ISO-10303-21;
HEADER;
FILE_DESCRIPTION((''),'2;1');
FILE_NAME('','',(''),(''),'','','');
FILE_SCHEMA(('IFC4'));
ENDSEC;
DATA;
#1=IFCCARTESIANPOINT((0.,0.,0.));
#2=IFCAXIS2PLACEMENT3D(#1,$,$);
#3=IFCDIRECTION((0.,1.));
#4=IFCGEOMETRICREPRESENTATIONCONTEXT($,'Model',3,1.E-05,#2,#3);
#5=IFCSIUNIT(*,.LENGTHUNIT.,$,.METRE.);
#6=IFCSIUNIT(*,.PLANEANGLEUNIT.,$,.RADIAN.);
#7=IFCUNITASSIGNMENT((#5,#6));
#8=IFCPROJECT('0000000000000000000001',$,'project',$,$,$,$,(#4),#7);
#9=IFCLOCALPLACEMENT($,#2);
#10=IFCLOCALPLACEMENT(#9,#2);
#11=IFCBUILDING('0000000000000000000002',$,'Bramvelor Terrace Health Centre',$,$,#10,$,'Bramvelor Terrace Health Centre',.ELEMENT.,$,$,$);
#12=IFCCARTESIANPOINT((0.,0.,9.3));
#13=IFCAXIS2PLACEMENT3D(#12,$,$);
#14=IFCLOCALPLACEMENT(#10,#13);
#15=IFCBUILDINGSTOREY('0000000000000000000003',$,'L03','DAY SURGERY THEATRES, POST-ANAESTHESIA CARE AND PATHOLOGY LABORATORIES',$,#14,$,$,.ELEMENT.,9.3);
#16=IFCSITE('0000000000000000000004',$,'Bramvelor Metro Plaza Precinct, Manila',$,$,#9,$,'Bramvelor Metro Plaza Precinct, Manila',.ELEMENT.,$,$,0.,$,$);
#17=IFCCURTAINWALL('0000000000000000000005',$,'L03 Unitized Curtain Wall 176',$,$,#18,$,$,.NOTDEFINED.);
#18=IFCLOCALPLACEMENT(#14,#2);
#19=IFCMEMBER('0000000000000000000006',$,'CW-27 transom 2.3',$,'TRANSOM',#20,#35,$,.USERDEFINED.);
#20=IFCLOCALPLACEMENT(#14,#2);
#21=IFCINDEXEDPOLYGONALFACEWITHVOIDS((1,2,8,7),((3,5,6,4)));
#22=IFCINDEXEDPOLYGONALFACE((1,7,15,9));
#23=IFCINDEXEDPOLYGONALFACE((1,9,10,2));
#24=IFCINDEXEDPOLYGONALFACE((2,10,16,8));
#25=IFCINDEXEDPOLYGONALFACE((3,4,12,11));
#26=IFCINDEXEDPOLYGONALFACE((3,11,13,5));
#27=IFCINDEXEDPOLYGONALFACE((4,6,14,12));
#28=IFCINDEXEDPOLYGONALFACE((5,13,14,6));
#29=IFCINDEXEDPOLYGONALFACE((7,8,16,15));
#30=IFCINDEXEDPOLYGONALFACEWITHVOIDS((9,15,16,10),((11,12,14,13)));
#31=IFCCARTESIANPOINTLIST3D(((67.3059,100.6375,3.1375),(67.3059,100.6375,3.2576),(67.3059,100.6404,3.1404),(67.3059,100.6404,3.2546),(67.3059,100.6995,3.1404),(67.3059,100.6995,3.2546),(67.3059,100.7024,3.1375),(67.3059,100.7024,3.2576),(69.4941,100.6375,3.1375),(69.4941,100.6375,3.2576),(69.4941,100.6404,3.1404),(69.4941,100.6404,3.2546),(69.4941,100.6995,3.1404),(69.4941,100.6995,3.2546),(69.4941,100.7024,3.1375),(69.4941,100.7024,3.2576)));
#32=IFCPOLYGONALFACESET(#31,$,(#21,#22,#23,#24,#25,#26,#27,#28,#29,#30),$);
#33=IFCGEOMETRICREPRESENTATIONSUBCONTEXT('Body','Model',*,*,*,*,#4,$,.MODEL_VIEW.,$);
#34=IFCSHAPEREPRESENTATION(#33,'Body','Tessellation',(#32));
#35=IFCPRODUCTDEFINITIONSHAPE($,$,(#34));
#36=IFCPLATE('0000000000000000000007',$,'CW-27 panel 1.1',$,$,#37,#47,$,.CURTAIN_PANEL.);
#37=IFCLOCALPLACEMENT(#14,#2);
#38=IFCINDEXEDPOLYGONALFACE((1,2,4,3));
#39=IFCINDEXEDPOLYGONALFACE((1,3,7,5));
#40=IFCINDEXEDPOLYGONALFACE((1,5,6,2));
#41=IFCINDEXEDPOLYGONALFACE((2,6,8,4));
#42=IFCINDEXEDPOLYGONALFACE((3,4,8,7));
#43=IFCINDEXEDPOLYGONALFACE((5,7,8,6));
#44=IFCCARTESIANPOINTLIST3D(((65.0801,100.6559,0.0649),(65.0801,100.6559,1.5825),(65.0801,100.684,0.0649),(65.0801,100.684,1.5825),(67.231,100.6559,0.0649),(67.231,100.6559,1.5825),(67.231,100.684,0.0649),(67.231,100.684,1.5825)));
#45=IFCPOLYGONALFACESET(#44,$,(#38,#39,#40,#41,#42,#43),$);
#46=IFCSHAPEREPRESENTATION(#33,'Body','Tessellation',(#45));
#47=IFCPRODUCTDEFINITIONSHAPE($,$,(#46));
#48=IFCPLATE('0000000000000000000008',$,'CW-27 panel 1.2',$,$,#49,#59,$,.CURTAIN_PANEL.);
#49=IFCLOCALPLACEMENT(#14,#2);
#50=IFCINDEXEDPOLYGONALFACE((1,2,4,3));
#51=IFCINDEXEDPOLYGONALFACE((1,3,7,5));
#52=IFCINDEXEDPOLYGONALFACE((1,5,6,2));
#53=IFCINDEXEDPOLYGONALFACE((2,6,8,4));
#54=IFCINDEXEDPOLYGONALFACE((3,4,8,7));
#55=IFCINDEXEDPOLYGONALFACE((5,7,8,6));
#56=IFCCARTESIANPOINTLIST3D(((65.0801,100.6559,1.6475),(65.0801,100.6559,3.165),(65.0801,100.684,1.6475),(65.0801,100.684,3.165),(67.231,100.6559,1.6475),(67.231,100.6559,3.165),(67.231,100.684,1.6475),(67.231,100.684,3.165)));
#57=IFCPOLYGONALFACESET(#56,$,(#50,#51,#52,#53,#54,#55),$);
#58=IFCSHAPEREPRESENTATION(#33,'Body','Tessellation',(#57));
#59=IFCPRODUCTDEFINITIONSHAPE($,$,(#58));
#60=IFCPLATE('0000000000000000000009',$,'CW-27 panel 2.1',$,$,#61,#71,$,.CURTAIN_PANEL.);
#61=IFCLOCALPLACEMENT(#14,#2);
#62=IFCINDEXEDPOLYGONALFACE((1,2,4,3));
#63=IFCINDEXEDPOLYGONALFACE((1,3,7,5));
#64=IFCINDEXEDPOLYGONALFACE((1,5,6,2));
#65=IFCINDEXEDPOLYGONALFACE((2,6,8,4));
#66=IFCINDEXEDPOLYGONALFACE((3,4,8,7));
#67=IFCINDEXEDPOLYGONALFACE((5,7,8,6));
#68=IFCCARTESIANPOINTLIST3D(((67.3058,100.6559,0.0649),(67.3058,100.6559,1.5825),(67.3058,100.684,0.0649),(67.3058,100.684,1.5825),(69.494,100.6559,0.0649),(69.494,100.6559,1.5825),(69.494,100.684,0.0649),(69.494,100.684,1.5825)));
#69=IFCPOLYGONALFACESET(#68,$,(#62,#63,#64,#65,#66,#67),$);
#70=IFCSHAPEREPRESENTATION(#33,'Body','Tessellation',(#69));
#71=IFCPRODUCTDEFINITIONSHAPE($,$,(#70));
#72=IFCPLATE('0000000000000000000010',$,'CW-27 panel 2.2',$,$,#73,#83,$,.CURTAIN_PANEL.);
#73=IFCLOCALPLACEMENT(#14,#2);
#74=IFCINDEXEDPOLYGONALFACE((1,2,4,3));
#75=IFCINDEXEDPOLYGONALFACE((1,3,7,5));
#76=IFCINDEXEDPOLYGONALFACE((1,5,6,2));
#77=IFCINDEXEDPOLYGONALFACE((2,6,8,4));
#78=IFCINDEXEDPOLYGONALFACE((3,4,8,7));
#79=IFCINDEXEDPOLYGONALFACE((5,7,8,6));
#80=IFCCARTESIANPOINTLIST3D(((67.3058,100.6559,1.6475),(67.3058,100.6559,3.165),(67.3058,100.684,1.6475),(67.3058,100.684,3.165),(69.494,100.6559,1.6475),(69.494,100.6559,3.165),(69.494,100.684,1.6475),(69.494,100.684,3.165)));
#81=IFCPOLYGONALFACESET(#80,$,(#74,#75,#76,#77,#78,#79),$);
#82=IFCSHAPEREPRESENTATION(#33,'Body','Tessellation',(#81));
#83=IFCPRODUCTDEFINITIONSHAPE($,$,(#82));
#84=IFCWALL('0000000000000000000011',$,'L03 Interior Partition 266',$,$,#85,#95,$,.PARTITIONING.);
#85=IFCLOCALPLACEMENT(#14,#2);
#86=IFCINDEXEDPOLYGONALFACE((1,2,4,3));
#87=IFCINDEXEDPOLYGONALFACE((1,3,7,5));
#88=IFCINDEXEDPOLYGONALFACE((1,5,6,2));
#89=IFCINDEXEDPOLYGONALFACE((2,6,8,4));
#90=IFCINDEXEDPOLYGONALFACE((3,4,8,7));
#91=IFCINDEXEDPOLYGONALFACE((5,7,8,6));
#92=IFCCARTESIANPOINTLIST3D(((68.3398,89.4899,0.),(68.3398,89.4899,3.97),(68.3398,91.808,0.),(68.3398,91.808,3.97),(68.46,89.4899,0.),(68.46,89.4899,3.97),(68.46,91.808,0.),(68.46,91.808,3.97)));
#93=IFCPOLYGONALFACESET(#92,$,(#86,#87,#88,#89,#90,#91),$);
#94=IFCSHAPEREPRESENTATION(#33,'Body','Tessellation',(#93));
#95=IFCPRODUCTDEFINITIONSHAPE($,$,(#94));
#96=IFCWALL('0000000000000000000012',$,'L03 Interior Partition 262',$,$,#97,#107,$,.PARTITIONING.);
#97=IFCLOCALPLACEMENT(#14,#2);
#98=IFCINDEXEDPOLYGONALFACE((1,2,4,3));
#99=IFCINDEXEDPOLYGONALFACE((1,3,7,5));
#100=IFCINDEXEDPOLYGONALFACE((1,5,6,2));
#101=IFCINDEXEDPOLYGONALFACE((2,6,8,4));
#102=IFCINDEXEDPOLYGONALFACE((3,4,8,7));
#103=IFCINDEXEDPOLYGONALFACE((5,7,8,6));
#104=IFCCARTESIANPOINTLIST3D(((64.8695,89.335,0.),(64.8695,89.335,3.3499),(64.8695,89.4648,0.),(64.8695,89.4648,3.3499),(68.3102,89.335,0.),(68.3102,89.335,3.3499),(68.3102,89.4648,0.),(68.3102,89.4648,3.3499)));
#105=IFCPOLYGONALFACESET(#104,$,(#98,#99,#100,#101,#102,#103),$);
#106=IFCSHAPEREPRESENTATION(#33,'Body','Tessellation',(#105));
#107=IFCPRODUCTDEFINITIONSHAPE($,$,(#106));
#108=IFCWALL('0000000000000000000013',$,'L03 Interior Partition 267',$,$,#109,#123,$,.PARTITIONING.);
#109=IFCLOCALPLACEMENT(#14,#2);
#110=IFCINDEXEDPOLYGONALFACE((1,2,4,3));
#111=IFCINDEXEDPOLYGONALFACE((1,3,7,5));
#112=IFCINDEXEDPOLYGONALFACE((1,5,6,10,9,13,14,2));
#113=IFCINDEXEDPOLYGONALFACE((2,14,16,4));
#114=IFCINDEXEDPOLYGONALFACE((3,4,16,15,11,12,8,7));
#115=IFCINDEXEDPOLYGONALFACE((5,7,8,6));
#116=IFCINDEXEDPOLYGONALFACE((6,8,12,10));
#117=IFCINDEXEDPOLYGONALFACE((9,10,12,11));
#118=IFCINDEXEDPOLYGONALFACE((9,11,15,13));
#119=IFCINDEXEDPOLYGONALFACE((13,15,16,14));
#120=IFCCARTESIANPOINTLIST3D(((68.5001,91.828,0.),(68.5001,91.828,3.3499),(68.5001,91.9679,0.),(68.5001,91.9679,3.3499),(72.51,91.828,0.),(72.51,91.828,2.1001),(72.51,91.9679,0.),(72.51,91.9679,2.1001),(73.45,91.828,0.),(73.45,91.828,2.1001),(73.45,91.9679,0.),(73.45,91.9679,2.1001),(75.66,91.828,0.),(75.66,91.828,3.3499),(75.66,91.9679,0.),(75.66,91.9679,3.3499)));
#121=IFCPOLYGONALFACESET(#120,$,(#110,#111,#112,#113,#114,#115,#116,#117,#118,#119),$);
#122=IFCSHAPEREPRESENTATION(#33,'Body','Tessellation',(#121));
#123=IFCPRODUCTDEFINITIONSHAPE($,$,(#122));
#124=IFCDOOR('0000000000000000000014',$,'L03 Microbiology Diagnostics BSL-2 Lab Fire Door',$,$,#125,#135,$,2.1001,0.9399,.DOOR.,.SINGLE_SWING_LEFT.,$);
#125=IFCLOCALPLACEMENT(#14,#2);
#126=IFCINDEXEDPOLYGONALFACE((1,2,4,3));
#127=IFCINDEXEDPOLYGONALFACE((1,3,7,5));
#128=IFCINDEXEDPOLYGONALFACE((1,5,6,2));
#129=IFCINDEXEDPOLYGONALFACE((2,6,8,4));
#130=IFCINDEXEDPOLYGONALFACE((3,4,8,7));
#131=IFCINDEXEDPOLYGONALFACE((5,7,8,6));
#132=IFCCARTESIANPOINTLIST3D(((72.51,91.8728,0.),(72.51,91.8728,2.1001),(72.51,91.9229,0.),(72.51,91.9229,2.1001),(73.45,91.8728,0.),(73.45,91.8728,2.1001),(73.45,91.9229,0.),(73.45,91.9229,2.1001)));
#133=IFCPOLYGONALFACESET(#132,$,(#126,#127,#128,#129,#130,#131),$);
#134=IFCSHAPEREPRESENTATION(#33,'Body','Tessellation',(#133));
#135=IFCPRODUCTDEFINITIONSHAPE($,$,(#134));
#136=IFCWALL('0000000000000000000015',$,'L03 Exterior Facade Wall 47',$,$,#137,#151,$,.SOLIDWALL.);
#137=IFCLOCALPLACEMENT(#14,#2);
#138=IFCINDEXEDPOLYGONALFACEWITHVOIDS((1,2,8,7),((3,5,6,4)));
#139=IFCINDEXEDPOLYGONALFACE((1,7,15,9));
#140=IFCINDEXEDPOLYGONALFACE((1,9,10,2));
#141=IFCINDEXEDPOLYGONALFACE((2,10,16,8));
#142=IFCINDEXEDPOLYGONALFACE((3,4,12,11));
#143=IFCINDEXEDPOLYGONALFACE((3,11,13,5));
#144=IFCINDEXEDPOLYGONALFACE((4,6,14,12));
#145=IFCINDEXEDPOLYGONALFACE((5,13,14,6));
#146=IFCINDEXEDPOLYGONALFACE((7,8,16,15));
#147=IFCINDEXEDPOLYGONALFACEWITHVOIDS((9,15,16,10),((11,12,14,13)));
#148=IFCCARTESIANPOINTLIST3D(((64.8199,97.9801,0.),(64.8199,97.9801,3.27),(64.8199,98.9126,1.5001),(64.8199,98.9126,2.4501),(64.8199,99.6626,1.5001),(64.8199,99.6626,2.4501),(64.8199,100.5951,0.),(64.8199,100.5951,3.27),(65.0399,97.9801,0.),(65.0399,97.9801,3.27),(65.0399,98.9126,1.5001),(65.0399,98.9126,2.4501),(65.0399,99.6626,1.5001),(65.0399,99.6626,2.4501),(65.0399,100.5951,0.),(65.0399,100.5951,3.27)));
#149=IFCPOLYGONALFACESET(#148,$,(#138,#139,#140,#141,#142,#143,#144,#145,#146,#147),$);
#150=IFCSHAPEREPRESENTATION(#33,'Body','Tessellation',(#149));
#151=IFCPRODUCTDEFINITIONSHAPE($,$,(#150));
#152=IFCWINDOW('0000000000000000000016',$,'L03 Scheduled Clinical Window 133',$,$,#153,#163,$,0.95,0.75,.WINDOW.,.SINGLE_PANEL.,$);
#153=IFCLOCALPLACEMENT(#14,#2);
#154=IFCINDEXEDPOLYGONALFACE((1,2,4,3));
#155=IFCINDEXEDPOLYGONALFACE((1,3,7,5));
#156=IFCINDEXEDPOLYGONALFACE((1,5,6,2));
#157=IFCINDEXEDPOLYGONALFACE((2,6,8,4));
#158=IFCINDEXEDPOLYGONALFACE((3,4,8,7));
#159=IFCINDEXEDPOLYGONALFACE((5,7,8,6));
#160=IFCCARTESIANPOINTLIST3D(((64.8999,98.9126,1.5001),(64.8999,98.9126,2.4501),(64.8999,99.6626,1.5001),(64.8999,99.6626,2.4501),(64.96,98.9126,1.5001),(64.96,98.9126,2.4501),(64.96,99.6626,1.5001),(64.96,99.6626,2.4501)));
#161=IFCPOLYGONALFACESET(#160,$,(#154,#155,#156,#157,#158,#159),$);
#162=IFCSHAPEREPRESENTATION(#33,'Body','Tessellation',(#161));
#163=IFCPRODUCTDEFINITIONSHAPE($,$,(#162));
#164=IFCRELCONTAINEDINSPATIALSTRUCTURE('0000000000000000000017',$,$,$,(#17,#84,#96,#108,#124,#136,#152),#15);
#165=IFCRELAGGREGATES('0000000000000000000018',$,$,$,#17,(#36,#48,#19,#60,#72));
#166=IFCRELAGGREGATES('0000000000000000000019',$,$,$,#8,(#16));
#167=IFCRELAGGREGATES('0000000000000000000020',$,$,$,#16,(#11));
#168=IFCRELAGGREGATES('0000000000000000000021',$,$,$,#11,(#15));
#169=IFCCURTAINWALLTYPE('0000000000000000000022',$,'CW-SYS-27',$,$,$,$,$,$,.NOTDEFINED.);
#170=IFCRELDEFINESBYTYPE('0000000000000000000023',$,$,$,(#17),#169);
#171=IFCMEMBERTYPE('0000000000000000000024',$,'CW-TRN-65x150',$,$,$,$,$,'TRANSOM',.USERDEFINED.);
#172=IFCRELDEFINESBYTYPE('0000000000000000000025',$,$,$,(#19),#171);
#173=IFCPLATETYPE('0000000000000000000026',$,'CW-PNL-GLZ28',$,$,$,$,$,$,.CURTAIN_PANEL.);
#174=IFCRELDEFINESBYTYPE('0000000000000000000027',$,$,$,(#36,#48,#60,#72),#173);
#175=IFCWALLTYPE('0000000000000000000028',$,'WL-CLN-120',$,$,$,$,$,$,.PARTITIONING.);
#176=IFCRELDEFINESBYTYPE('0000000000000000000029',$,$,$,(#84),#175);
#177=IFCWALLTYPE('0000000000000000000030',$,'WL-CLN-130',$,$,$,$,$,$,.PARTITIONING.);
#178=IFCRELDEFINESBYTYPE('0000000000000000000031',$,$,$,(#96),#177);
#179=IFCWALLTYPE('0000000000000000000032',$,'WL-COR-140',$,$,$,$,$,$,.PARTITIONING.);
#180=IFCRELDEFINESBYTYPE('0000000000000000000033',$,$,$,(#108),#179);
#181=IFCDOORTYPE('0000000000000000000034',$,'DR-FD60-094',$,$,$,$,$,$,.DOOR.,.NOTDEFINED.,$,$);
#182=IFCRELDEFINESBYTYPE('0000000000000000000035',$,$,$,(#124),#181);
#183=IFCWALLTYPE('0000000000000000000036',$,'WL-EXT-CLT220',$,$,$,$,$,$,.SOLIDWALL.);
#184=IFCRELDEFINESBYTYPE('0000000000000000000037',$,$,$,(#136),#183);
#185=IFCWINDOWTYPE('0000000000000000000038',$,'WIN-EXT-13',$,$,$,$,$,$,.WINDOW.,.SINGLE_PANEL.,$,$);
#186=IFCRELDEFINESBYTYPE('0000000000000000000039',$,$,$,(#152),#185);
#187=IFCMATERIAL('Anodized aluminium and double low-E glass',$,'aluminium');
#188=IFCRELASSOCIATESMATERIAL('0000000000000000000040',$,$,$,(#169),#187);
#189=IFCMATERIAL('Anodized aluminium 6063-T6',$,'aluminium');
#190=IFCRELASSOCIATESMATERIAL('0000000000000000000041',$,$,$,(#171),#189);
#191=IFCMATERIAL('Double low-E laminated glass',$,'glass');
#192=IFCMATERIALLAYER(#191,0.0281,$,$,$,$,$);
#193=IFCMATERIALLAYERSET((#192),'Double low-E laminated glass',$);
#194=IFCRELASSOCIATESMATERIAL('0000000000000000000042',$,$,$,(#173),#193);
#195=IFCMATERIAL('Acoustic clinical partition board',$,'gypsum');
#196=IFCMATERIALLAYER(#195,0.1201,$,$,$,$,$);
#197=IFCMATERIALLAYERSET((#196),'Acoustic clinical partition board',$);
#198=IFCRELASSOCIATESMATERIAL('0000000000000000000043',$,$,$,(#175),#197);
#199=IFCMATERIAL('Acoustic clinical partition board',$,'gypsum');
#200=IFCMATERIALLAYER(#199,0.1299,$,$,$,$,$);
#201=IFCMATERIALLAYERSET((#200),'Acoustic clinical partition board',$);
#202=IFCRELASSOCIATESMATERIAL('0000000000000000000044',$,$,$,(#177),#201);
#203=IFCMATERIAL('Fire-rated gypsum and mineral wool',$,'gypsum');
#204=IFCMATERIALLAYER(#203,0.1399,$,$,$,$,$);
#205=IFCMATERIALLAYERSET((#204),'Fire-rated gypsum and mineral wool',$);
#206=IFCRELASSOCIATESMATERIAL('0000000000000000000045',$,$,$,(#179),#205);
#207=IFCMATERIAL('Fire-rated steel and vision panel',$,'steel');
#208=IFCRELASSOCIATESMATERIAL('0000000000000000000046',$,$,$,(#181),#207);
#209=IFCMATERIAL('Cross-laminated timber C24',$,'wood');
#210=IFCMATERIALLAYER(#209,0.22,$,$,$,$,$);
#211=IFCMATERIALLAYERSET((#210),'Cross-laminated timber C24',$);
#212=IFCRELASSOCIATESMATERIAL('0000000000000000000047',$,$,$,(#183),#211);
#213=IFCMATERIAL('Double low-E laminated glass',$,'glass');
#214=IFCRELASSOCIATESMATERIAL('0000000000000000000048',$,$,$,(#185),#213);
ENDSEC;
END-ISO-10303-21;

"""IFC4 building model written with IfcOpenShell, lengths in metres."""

from ifc_helpers import new_model, si_unit, direction, frame, frame_2d, origin, origin_2d, place, context, subcontext, project, spatial, rectangle, hollow_rectangle, extrude, material, layer, layer_set, material_profile, profile_set, type_object, element, fill, aggregate, save


model = new_model("IFC4")

# Units and contexts
model_context = context("Model", 3, precision=1e-05, world=origin(), true_north=direction((0.0, 1.0)))
body_context = subcontext(model_context, "Body", "Model", "MODEL_VIEW")
ifc_project = project(units=[si_unit("LENGTHUNIT", "METRE"), si_unit("PLANEANGLEUNIT", "RADIAN")], contexts=[model_context])

# Site, building, storey
site_placement = place(None, origin())
site = spatial("IfcSite", under=ifc_project, at=site_placement, Name="Bramvelor Metro Plaza Precinct, Manila", LongName="Bramvelor Metro Plaza Precinct, Manila", CompositionType="ELEMENT", RefElevation=0.0)
building_placement = place(site_placement, origin())
building = spatial("IfcBuilding", under=site, at=building_placement, Name="Bramvelor Terrace Health Centre", LongName="Bramvelor Terrace Health Centre", CompositionType="ELEMENT")
storey_placement = place(building_placement, frame((0.0, 0.0, 9.3)))
storey = spatial("IfcBuildingStorey", under=building, at=storey_placement, Name="L03", Description="DAY SURGERY THEATRES, POST-ANAESTHESIA CARE AND PATHOLOGY LABORATORIES", CompositionType="ELEMENT", Elevation=9.3)

# Curtain wall, member, plates
ifc_material_1 = material(Name="Anodized aluminium and double low-E glass", Category="aluminium")
curtain_wall_type_1 = type_object("IfcCurtainWallType", Name="CW-SYS-27", PredefinedType="NOTDEFINED", material=ifc_material_1)
curtain_wall_1_placement = place(storey_placement, origin())
curtain_wall_1 = element("IfcCurtainWall", 1, at=curtain_wall_1_placement, inside=storey, type_object=curtain_wall_type_1, Name="L03 Unitized Curtain Wall 176", PredefinedType="NOTDEFINED")
ifc_material_2 = material(Name="Anodized aluminium 6063-T6", Category="aluminium")
ifc_material_profile_1 = material_profile(ifc_material_2, hollow_rectangle(XDim=0.0649, YDim=0.1201, WallThickness=0.0029, at=origin_2d()), Name="ALU-TRN 65x120x3.0")
ifc_profile_set_1 = profile_set([ifc_material_profile_1], Name="Anodized aluminium 6063-T6")
member_type_1 = type_object("IfcMemberType", Name="CW-TRN-65x150", ElementType="TRANSOM", PredefinedType="USERDEFINED", material=ifc_profile_set_1)
member_1_placement = place(storey_placement, frame((67.3059, 100.6699, 3.1975), z_axis=(1.0, 0.0, 0.0), x_axis=(0.0, 1.0, 0.0)))
member_1 = element("IfcMember", 2, at=member_1_placement, type_object=member_type_1, Name="CW-27 transom 2.3", ObjectType="TRANSOM", PredefinedType="USERDEFINED", context=body_context, shape_type="SweptSolid", body=[
    extrude(hollow_rectangle(XDim=0.0649, YDim=0.1201, WallThickness=0.0029, at=origin_2d()), origin(), (0.0, 0.0, 1.0), 2.1882),
])
ifc_material_3 = material(Name="Double low-E laminated glass", Category="glass")
ifc_layer_1 = layer(ifc_material_3, 0.0281)
ifc_layer_set_1 = layer_set([ifc_layer_1], Name="Double low-E laminated glass")
plate_type = type_object("IfcPlateType", Name="CW-PNL-GLZ28", PredefinedType="CURTAIN_PANEL", material=ifc_layer_set_1)
plate_1_placement = place(storey_placement, frame((66.1555, 100.6699, 0.0649), z_axis=(0.0, 0.0, 1.0), x_axis=(1.0, 0.0, 0.0)))
plate_1 = element("IfcPlate", 3, at=plate_1_placement, type_object=plate_type, Name="CW-27 panel 1.1", PredefinedType="CURTAIN_PANEL", context=body_context, shape_type="SweptSolid", body=[
    extrude(rectangle(XDim=2.1509, YDim=0.0281, at=origin_2d()), origin(), (0.0, 0.0, 1.0), 1.5176),
])
plate_2_placement = place(storey_placement, frame((66.1555, 100.6699, 1.6475), z_axis=(0.0, 0.0, 1.0), x_axis=(1.0, 0.0, 0.0)))
plate_2 = element("IfcPlate", 4, at=plate_2_placement, type_object=plate_type, Name="CW-27 panel 1.2", PredefinedType="CURTAIN_PANEL", context=body_context, shape_type="SweptSolid", body=[
    extrude(rectangle(XDim=2.1509, YDim=0.0281, at=origin_2d()), origin(), (0.0, 0.0, 1.0), 1.5176),
])
plate_3_placement = place(storey_placement, frame((68.3999, 100.6699, 0.0649), z_axis=(0.0, 0.0, 1.0), x_axis=(1.0, 0.0, 0.0)))
plate_3 = element("IfcPlate", 5, at=plate_3_placement, type_object=plate_type, Name="CW-27 panel 2.1", PredefinedType="CURTAIN_PANEL", context=body_context, shape_type="SweptSolid", body=[
    extrude(rectangle(XDim=2.1882, YDim=0.0281, at=origin_2d()), origin(), (0.0, 0.0, 1.0), 1.5176),
])
plate_4_placement = place(storey_placement, frame((68.3999, 100.6699, 1.6475), z_axis=(0.0, 0.0, 1.0), x_axis=(1.0, 0.0, 0.0)))
plate_4 = element("IfcPlate", 6, at=plate_4_placement, type_object=plate_type, Name="CW-27 panel 2.2", PredefinedType="CURTAIN_PANEL", context=body_context, shape_type="SweptSolid", body=[
    extrude(rectangle(XDim=2.1882, YDim=0.0281, at=origin_2d()), origin(), (0.0, 0.0, 1.0), 1.5176),
])
aggregate(curtain_wall_1, [plate_1, plate_2, member_1, plate_3, plate_4])

# Walls
ifc_material_4 = material(Name="Acoustic clinical partition board", Category="gypsum")
ifc_layer_2 = layer(ifc_material_4, 0.1201)
ifc_layer_set_2 = layer_set([ifc_layer_2], Name="Acoustic clinical partition board")
wall_type_1 = type_object("IfcWallType", Name="WL-CLN-120", PredefinedType="PARTITIONING", material=ifc_layer_set_2)
wall_1_placement = place(storey_placement, frame((68.3999, 91.8081, 0.0), z_axis=(0.0, 0.0, 1.0), x_axis=(0.0, -1.0, 0.0)))
element("IfcWall", 7, at=wall_1_placement, inside=storey, type_object=wall_type_1, Name="L03 Interior Partition 266", PredefinedType="PARTITIONING", context=body_context, shape_type="SweptSolid", body=[
    extrude(rectangle(XDim=2.3181, YDim=0.1201, at=frame_2d((1.1592, 0.0))), origin(), (0.0, 0.0, 1.0), 3.97),
])
ifc_material_5 = material(Name="Acoustic clinical partition board", Category="gypsum")
ifc_layer_3 = layer(ifc_material_5, 0.1299)
ifc_layer_set_3 = layer_set([ifc_layer_3], Name="Acoustic clinical partition board")
wall_type_2 = type_object("IfcWallType", Name="WL-CLN-130", PredefinedType="PARTITIONING", material=ifc_layer_set_3)
wall_2_placement = place(storey_placement, frame((68.3101, 89.3999, 0.0), z_axis=(0.0, 0.0, 1.0), x_axis=(-1.0, 0.0, 0.0)))
element("IfcWall", 8, at=wall_2_placement, inside=storey, type_object=wall_type_2, Name="L03 Interior Partition 262", PredefinedType="PARTITIONING", context=body_context, shape_type="SweptSolid", body=[
    extrude(rectangle(XDim=3.4407, YDim=0.1299, at=frame_2d((1.7202, 0.0))), origin(), (0.0, 0.0, 1.0), 3.3499),
])

# Wall, opening, door
ifc_material_6 = material(Name="Fire-rated gypsum and mineral wool", Category="gypsum")
ifc_layer_4 = layer(ifc_material_6, 0.1399)
ifc_layer_set_4 = layer_set([ifc_layer_4], Name="Fire-rated gypsum and mineral wool")
wall_type_3 = type_object("IfcWallType", Name="WL-COR-140", PredefinedType="PARTITIONING", material=ifc_layer_set_4)
wall_3_placement = place(storey_placement, frame((68.5, 91.8979, 0.0), z_axis=(0.0, 0.0, 1.0), x_axis=(1.0, 0.0, 0.0)))
wall_3 = element("IfcWall", 9, at=wall_3_placement, inside=storey, type_object=wall_type_3, Name="L03 Interior Partition 267", PredefinedType="PARTITIONING", context=body_context, shape_type="SweptSolid", body=[
    extrude(rectangle(XDim=7.1599, YDim=0.1399, at=frame_2d((3.5801, 0.0))), origin(), (0.0, 0.0, 1.0), 3.3499),
])
opening_1_placement = place(wall_3_placement, frame((4.01, 0.0, 0.0)))
opening_1 = element("IfcOpeningElement", 10, at=opening_1_placement, cuts=wall_3, PredefinedType="OPENING", context=body_context, shape_type="SweptSolid", body=[
    extrude(rectangle(XDim=0.9399, YDim=2.1001, at=frame_2d((0.47, 1.05))), frame((0.0, 0.0798, 0.0), z_axis=(0.0, -1.0, 0.0), x_axis=(1.0, 0.0, 0.0)), (0.0, 0.0, 1.0), 0.1599),
])
ifc_material_7 = material(Name="Fire-rated steel and vision panel", Category="steel")
door_type = type_object("IfcDoorType", Name="DR-FD60-094", OperationType="NOTDEFINED", PredefinedType="DOOR", material=ifc_material_7)
door_placement = place(opening_1_placement, origin())
door = element("IfcDoor", 11, at=door_placement, inside=storey, type_object=door_type, Name="L03 Microbiology Diagnostics BSL-2 Lab Fire Door", OperationType="SINGLE_SWING_LEFT", OverallHeight=2.1001, OverallWidth=0.9399, PredefinedType="DOOR", context=body_context, shape_type="SweptSolid", body=[
    extrude(rectangle(XDim=0.9399, YDim=2.1001, at=frame_2d((0.47, 1.05))), frame((0.0, 0.0249, 0.0), z_axis=(0.0, -1.0, 0.0), x_axis=(1.0, 0.0, 0.0)), (0.0, 0.0, 1.0), 0.05),
])
fill(opening_1, door)

# Wall, opening, window
ifc_material_8 = material(Name="Cross-laminated timber C24", Category="wood")
ifc_layer_5 = layer(ifc_material_8, 0.22)
ifc_layer_set_5 = layer_set([ifc_layer_5], Name="Cross-laminated timber C24")
wall_type_4 = type_object("IfcWallType", Name="WL-EXT-CLT220", PredefinedType="SOLIDWALL", material=ifc_layer_set_5)
wall_4_placement = place(storey_placement, frame((64.9299, 97.98, 0.0), z_axis=(0.0, 0.0, 1.0), x_axis=(0.0, 1.0, 0.0)))
wall_4 = element("IfcWall", 12, at=wall_4_placement, inside=storey, type_object=wall_type_4, Name="L03 Exterior Facade Wall 47", PredefinedType="SOLIDWALL", context=body_context, shape_type="SweptSolid", body=[
    extrude(rectangle(XDim=2.615, YDim=0.22, at=frame_2d((1.3076, 0.0))), origin(), (0.0, 0.0, 1.0), 3.27),
])
opening_2_placement = place(wall_4_placement, frame((0.9326, 0.0, 1.5)))
opening_2 = element("IfcOpeningElement", 13, at=opening_2_placement, cuts=wall_4, PredefinedType="OPENING", context=body_context, shape_type="SweptSolid", body=[
    extrude(rectangle(XDim=0.75, YDim=0.95, at=frame_2d((0.375, 0.4751))), frame((0.0, 0.1199, 0.0), z_axis=(0.0, -1.0, 0.0), x_axis=(1.0, 0.0, 0.0)), (0.0, 0.0, 1.0), 0.24),
])
ifc_material_9 = material(Name="Double low-E laminated glass", Category="glass")
window_type_1 = type_object("IfcWindowType", Name="WIN-EXT-13", PartitioningType="SINGLE_PANEL", PredefinedType="WINDOW", material=ifc_material_9)
window_1_placement = place(opening_2_placement, origin())
window_1 = element("IfcWindow", 14, at=window_1_placement, inside=storey, type_object=window_type_1, Name="L03 Scheduled Clinical Window 133", OverallHeight=0.95, OverallWidth=0.75, PartitioningType="SINGLE_PANEL", PredefinedType="WINDOW", context=body_context, shape_type="SweptSolid", body=[
    extrude(rectangle(XDim=0.75, YDim=0.95, at=frame_2d((0.375, 0.4751))), frame((0.0, 0.03, 0.0), z_axis=(0.0, -1.0, 0.0), x_axis=(1.0, 0.0, 0.0)), (0.0, 0.0, 1.0), 0.0601),
])
fill(opening_2, window_1)

save(model, "model.ifc")
